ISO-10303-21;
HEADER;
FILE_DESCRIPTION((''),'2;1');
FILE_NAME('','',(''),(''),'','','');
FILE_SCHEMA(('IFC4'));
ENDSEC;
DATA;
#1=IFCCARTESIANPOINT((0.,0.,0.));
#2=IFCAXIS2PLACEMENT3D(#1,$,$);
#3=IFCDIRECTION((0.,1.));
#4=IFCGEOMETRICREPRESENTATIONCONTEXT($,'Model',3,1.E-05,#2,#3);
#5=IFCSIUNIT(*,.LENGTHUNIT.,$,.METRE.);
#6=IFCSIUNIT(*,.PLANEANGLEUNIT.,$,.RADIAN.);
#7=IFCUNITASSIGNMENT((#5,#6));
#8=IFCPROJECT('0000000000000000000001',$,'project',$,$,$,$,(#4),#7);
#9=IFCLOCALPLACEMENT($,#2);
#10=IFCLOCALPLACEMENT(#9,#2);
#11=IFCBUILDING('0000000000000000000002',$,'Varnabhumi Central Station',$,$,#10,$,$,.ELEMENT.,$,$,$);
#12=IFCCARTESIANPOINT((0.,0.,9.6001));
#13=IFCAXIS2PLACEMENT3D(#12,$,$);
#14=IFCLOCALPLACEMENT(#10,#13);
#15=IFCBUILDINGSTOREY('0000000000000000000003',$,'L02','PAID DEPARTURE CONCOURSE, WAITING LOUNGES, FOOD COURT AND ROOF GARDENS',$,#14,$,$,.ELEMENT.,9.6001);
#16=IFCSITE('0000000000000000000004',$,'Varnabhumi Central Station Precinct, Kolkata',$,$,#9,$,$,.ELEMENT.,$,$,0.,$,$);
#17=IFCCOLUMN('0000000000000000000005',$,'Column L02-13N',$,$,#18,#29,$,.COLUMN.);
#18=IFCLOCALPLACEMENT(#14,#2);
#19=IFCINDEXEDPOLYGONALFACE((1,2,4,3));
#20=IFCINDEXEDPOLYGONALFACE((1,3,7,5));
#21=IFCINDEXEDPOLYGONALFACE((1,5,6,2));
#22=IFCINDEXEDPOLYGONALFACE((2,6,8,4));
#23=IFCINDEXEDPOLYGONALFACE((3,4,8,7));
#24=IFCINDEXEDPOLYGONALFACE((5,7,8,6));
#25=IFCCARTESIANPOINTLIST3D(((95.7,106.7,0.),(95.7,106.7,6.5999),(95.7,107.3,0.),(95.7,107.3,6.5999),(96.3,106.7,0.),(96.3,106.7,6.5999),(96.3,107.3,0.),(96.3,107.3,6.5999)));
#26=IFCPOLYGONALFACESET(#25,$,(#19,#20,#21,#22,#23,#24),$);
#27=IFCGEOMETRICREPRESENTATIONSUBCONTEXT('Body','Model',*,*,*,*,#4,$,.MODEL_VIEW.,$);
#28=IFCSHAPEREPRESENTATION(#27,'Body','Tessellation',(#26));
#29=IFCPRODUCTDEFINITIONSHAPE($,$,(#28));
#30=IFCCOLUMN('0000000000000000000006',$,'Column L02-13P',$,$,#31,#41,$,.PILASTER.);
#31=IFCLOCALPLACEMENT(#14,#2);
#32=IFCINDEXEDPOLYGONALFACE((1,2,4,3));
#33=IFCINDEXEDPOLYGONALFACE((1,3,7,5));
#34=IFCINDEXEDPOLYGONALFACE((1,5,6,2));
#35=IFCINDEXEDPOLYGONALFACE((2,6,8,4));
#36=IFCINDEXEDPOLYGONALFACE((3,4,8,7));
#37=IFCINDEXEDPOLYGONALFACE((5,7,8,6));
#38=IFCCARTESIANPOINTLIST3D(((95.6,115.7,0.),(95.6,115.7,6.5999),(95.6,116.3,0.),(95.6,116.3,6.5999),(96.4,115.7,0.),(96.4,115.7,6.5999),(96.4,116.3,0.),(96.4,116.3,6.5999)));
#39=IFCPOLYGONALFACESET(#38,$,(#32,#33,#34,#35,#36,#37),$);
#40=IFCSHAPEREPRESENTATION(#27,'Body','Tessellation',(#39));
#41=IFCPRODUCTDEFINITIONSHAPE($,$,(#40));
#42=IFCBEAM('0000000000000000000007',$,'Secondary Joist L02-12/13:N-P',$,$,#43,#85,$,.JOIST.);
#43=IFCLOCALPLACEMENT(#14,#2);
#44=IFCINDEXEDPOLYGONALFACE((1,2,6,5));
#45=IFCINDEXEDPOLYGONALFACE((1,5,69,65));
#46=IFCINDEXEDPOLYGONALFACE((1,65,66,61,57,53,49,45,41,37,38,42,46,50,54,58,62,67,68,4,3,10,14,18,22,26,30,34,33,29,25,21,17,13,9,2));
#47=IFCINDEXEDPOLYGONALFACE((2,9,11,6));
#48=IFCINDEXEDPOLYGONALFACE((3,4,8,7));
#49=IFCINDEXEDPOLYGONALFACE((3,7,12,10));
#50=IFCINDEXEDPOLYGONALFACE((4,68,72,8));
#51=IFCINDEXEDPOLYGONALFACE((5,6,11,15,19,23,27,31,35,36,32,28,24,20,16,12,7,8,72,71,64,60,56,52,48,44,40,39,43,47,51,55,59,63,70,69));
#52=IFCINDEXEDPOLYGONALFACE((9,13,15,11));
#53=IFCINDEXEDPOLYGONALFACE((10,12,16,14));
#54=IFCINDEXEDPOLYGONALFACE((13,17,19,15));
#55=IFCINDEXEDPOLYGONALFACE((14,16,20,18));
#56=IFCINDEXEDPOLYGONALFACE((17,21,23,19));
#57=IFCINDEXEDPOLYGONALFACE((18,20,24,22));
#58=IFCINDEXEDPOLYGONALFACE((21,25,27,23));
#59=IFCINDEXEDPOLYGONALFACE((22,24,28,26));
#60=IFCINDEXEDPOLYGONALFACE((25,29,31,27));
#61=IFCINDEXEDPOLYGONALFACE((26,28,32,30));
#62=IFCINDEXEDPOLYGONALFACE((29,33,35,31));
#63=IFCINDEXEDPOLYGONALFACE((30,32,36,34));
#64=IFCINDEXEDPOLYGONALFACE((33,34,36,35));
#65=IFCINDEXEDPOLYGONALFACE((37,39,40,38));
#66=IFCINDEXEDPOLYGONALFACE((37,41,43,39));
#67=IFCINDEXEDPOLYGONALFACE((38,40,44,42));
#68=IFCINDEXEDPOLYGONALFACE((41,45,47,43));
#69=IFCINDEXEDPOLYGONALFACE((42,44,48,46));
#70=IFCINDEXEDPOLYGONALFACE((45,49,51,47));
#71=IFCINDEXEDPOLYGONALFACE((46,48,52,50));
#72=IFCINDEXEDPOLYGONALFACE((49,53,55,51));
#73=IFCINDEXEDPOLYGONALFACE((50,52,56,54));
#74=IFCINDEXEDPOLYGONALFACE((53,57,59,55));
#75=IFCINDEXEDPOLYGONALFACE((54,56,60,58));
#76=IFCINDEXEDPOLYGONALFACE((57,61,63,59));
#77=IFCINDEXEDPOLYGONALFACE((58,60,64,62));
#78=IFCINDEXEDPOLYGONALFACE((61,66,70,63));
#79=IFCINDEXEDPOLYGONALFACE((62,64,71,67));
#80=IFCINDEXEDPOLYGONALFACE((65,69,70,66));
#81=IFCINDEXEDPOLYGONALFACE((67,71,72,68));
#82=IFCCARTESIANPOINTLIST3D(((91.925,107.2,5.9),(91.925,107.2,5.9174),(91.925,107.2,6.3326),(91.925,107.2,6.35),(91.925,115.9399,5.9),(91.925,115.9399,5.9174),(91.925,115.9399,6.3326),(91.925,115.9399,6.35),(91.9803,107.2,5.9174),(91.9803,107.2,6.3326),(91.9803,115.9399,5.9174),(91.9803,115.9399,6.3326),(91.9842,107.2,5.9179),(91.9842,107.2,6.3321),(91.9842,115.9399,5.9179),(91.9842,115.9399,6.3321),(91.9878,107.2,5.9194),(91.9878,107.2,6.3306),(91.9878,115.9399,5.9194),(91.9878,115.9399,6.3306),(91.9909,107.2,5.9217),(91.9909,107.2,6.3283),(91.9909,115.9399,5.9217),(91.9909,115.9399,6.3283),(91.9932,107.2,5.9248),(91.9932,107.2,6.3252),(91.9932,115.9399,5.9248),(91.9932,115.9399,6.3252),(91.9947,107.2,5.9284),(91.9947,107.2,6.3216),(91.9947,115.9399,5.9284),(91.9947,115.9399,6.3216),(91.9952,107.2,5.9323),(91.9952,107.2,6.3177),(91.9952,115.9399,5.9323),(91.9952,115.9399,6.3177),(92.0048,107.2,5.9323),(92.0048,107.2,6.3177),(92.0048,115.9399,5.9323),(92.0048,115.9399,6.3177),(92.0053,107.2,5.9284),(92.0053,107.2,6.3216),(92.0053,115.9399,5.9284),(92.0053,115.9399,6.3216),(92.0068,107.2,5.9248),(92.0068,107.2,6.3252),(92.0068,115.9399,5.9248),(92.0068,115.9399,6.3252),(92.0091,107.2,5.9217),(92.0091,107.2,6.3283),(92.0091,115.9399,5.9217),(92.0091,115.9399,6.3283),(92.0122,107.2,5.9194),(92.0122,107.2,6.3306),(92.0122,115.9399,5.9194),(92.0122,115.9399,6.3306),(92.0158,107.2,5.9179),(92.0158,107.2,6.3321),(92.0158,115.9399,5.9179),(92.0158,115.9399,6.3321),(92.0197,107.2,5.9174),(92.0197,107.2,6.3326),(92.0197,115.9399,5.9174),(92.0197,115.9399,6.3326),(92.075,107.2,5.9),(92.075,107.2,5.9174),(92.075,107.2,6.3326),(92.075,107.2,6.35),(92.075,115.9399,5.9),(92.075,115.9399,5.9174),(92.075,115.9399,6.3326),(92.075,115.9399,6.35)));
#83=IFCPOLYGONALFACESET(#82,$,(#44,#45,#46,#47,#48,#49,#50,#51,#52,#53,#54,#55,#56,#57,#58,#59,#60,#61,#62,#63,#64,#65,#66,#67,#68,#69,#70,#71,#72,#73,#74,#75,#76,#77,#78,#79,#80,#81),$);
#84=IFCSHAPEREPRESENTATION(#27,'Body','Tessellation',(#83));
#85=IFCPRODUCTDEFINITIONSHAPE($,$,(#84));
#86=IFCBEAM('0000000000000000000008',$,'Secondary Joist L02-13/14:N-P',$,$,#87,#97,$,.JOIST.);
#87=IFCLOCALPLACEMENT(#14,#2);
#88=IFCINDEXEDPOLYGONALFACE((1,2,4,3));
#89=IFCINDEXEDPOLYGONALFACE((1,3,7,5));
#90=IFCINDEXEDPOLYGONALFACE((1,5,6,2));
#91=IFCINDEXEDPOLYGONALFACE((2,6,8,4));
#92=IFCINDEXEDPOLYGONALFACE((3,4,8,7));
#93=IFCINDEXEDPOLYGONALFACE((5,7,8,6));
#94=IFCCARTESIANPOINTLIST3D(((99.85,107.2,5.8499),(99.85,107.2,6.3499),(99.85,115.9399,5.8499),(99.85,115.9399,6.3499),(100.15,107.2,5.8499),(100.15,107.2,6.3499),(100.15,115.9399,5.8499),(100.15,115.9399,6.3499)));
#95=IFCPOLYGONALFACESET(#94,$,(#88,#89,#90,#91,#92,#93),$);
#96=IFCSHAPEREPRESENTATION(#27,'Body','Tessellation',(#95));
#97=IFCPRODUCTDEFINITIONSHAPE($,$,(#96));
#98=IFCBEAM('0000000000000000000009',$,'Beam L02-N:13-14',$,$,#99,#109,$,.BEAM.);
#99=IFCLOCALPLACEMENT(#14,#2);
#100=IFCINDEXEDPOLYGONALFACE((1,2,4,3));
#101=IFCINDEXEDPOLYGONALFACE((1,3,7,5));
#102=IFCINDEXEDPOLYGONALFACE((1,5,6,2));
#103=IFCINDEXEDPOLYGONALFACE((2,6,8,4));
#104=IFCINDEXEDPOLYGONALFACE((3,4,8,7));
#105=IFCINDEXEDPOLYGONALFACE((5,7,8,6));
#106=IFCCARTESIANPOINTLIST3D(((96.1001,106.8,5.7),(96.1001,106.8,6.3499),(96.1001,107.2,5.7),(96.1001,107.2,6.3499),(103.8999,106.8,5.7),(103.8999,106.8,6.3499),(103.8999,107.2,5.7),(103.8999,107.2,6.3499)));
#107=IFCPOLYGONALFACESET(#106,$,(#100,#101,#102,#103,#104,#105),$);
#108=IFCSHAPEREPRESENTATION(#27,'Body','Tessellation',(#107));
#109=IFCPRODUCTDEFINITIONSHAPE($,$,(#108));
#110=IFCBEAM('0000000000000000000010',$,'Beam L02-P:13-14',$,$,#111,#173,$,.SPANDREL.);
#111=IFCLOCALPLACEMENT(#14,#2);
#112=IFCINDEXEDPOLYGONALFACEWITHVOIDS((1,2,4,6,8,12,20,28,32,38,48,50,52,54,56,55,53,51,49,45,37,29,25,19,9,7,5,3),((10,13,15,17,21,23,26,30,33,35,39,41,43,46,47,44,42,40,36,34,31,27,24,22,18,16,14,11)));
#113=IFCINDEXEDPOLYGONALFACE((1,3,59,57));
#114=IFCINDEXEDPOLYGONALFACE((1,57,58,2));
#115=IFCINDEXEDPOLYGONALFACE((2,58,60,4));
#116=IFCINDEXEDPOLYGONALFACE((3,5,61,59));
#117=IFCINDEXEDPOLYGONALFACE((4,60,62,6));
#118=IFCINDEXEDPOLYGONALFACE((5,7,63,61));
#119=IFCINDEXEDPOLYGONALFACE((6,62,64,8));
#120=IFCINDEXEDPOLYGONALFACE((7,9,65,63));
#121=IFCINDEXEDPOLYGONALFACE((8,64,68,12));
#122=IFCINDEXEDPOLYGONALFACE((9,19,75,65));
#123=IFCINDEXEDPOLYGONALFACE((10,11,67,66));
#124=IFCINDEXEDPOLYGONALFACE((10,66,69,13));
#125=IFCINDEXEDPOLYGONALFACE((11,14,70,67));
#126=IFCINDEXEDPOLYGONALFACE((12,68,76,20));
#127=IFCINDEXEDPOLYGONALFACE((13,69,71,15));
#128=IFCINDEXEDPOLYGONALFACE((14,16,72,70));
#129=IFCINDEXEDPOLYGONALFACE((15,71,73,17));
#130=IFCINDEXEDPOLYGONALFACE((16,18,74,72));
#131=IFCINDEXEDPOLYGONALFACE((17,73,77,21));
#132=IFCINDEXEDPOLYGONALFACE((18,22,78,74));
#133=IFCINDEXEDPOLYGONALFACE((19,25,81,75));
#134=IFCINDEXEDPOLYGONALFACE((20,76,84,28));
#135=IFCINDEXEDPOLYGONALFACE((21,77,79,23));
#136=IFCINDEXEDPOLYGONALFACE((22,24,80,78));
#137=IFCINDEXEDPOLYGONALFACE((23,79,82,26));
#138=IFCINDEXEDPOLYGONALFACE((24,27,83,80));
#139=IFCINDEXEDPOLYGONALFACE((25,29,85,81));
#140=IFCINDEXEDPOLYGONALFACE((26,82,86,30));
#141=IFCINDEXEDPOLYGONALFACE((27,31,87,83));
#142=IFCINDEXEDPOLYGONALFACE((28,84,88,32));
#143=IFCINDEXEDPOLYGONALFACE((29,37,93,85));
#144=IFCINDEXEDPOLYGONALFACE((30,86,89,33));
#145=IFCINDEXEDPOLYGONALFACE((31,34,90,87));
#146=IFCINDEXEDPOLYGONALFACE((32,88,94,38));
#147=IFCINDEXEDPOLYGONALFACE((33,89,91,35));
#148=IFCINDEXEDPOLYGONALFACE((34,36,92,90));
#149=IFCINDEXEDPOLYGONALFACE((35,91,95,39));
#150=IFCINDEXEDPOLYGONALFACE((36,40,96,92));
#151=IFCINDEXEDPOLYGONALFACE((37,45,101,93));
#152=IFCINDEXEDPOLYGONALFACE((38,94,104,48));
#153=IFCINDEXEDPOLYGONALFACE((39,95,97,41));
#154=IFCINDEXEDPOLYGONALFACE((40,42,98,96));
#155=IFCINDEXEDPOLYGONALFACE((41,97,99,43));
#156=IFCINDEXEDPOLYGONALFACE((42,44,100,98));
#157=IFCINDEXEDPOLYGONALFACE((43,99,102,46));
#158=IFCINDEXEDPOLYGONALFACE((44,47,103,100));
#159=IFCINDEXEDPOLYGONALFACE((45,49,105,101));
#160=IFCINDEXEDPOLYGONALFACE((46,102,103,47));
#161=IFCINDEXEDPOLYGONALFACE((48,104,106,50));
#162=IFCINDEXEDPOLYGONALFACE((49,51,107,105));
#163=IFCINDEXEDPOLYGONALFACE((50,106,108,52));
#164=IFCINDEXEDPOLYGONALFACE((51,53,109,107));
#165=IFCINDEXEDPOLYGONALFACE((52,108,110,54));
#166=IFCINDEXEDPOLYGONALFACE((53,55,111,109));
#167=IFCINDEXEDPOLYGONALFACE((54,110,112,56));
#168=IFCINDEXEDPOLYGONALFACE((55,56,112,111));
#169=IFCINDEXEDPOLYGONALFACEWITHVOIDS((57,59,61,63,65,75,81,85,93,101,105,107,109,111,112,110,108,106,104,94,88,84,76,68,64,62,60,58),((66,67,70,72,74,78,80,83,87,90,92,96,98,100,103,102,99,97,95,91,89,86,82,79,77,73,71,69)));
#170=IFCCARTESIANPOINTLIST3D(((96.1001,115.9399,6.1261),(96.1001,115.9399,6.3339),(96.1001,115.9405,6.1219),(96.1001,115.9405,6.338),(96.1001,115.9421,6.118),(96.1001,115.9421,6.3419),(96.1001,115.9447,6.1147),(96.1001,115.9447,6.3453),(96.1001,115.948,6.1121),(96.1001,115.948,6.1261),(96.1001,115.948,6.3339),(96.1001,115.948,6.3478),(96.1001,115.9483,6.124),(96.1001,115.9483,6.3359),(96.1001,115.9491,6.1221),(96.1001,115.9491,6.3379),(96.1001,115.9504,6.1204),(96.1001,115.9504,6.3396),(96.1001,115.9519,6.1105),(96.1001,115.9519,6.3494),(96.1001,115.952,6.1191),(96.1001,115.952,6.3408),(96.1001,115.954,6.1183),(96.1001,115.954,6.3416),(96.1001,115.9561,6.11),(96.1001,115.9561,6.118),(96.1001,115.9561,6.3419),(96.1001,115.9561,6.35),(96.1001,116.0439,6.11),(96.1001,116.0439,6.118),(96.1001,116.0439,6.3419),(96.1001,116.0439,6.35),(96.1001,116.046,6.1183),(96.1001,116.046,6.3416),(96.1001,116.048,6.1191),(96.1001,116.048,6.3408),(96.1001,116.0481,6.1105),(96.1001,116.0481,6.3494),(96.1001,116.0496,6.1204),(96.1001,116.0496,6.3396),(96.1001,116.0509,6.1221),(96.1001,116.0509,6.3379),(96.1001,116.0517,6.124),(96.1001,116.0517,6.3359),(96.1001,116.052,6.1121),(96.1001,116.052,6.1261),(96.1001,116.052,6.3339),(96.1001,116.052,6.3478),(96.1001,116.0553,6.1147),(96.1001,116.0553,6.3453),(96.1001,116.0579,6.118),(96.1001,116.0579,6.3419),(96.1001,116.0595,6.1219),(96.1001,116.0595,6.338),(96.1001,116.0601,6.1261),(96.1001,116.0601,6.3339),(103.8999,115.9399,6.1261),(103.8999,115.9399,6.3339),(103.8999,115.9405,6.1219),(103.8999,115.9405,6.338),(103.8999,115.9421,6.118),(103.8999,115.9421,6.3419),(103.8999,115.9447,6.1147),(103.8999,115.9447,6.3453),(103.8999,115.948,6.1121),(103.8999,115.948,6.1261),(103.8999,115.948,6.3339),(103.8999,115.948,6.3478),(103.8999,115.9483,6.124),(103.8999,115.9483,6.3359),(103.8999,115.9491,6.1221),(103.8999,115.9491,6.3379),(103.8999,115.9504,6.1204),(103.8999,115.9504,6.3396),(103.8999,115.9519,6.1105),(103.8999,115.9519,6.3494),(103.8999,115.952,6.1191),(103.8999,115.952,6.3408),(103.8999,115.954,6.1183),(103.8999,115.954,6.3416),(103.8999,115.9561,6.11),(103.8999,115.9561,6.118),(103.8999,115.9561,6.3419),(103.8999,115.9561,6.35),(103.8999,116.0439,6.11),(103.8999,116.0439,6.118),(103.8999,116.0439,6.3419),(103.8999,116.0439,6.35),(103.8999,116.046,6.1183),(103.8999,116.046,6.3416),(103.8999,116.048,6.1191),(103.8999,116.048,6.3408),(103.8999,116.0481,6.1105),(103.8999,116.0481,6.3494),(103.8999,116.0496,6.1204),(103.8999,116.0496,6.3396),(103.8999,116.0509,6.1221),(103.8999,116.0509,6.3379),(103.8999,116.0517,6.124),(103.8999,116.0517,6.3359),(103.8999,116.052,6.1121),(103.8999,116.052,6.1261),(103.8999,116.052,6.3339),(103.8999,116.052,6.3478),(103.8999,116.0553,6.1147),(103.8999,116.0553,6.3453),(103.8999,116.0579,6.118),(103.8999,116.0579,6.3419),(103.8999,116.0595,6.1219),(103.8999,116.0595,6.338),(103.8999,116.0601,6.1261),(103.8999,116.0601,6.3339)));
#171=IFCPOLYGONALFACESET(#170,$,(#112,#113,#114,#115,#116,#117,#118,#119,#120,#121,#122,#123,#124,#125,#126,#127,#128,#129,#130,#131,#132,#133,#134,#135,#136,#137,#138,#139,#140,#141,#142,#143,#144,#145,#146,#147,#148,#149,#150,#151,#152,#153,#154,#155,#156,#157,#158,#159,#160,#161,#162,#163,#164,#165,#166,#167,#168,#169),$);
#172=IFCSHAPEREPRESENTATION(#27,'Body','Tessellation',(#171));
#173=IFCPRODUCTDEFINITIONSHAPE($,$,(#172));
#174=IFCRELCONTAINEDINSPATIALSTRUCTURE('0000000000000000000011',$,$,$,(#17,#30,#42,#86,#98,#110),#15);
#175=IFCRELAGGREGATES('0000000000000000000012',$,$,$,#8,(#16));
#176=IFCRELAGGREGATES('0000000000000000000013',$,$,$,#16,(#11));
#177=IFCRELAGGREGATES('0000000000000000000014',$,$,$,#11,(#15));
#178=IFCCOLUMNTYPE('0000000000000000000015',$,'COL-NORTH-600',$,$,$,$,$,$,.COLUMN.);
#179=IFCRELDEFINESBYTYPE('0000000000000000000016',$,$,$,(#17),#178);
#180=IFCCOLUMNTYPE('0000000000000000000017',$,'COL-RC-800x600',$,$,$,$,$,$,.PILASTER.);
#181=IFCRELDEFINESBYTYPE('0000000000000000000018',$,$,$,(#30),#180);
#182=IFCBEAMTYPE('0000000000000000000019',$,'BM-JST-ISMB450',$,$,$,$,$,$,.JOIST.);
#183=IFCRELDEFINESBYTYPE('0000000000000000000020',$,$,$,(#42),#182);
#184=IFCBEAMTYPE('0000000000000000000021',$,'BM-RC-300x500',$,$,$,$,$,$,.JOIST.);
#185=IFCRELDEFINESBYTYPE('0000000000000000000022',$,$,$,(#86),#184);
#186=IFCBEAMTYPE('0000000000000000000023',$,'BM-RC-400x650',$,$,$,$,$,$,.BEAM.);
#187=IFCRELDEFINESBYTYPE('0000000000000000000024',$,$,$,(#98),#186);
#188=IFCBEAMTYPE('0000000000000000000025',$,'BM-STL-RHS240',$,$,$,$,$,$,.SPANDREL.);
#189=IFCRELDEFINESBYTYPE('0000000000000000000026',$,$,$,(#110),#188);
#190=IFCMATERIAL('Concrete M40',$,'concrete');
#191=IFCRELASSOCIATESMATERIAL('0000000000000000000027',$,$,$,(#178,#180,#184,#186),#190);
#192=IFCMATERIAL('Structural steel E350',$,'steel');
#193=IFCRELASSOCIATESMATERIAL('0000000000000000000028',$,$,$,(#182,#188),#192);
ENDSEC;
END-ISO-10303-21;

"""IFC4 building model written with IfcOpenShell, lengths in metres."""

from ifc_helpers import new_model, si_unit, direction, frame, origin, origin_2d, place, context, subcontext, project, spatial, rectangle, hollow_rectangle, i_section, extrude, material, material_profile, profile_set, type_object, element, save


model = new_model("IFC4")

# Units and contexts
model_context = context("Model", 3, precision=1e-05, world=origin(), true_north=direction((0.0, 1.0)))
body_context = subcontext(model_context, "Body", "Model", "MODEL_VIEW")
ifc_project = project(units=[si_unit("LENGTHUNIT", "METRE"), si_unit("PLANEANGLEUNIT", "RADIAN")], contexts=[model_context])

# Site, building, storey
site_placement = place(None, origin())
site = spatial("IfcSite", under=ifc_project, at=site_placement, Name="Varnabhumi Central Station Precinct, Kolkata", CompositionType="ELEMENT", RefElevation=0.0)
building_placement = place(site_placement, origin())
building = spatial("IfcBuilding", under=site, at=building_placement, Name="Varnabhumi Central Station", CompositionType="ELEMENT")
storey_placement = place(building_placement, frame((0.0, 0.0, 9.6001)))
storey = spatial("IfcBuildingStorey", under=building, at=storey_placement, Name="L02", Description="PAID DEPARTURE CONCOURSE, WAITING LOUNGES, FOOD COURT AND ROOF GARDENS", CompositionType="ELEMENT", Elevation=9.6001)

# Columns
ifc_material_1 = material(Name="Concrete M40", Category="concrete")
ifc_material_profile_1 = material_profile(ifc_material_1, rectangle(XDim=0.6001, YDim=0.6001, at=origin_2d()), Name="Concrete M40", Category="concrete")
ifc_profile_set_1 = profile_set([ifc_material_profile_1], Name="Concrete M40")
column_type_1 = type_object("IfcColumnType", Name="COL-NORTH-600", PredefinedType="COLUMN", material=ifc_profile_set_1)
column_1_placement = place(storey_placement, frame((96.0, 107.0, 0.0), z_axis=(0.0, 0.0, 1.0), x_axis=(1.0, 0.0, 0.0)))
element("IfcColumn", 1, at=column_1_placement, inside=storey, type_object=column_type_1, Name="Column L02-13N", PredefinedType="COLUMN", context=body_context, shape_type="SweptSolid", body=[
    extrude(rectangle(XDim=0.6001, YDim=0.6001, at=origin_2d()), origin(), (0.0, 0.0, 1.0), 6.5999),
])
ifc_material_profile_2 = material_profile(ifc_material_1, rectangle(XDim=0.8, YDim=0.6001, at=origin_2d()), Name="Concrete M40", Category="concrete")
ifc_profile_set_2 = profile_set([ifc_material_profile_2], Name="Concrete M40")
column_type_2 = type_object("IfcColumnType", Name="COL-RC-800x600", PredefinedType="PILASTER", material=ifc_profile_set_2)
column_2_placement = place(storey_placement, frame((96.0, 116.0, 0.0), z_axis=(0.0, 0.0, 1.0), x_axis=(1.0, 0.0, 0.0)))
element("IfcColumn", 2, at=column_2_placement, inside=storey, type_object=column_type_2, Name="Column L02-13P", PredefinedType="PILASTER", context=body_context, shape_type="SweptSolid", body=[
    extrude(rectangle(XDim=0.8, YDim=0.6001, at=origin_2d()), origin(), (0.0, 0.0, 1.0), 6.5999),
])

# Beams
ifc_material_2 = material(Name="Structural steel E350", Category="steel")
ifc_material_profile_3 = material_profile(ifc_material_2, i_section(OverallWidth=0.1499, OverallDepth=0.45, WebThickness=0.0095, FlangeThickness=0.0173, FilletRadius=0.0149, at=origin_2d()), Name="Structural steel E350", Category="steel")
ifc_profile_set_3 = profile_set([ifc_material_profile_3], Name="Structural steel E350")
beam_type_1 = type_object("IfcBeamType", Name="BM-JST-ISMB450", PredefinedType="JOIST", material=ifc_profile_set_3)
beam_1_placement = place(storey_placement, frame((92.0, 107.2, 6.125), z_axis=(0.0, 1.0, 0.0), x_axis=(-1.0, 0.0, 0.0)))
element("IfcBeam", 3, at=beam_1_placement, inside=storey, type_object=beam_type_1, Name="Secondary Joist L02-12/13:N-P", PredefinedType="JOIST", context=body_context, shape_type="SweptSolid", body=[
    extrude(i_section(OverallWidth=0.1499, OverallDepth=0.45, WebThickness=0.0095, FlangeThickness=0.0173, FilletRadius=0.0149, at=origin_2d()), origin(), (0.0, 0.0, 1.0), 8.74),
])
ifc_material_profile_4 = material_profile(ifc_material_1, rectangle(XDim=0.3, YDim=0.5, at=origin_2d()), Name="Concrete M40", Category="concrete")
ifc_profile_set_4 = profile_set([ifc_material_profile_4], Name="Concrete M40")
beam_type_2 = type_object("IfcBeamType", Name="BM-RC-300x500", PredefinedType="JOIST", material=ifc_profile_set_4)
beam_2_placement = place(storey_placement, frame((100.0, 107.2, 6.0999), z_axis=(0.0, 1.0, 0.0), x_axis=(-1.0, 0.0, 0.0)))
element("IfcBeam", 4, at=beam_2_placement, inside=storey, type_object=beam_type_2, Name="Secondary Joist L02-13/14:N-P", PredefinedType="JOIST", context=body_context, shape_type="SweptSolid", body=[
    extrude(rectangle(XDim=0.3, YDim=0.5, at=origin_2d()), origin(), (0.0, 0.0, 1.0), 8.74),
])
ifc_material_profile_5 = material_profile(ifc_material_1, rectangle(XDim=0.3999, YDim=0.6499, at=origin_2d()), Name="Concrete M40", Category="concrete")
ifc_profile_set_5 = profile_set([ifc_material_profile_5], Name="Concrete M40")
beam_type_3 = type_object("IfcBeamType", Name="BM-RC-400x650", PredefinedType="BEAM", material=ifc_profile_set_5)
beam_3_placement = place(storey_placement, frame((96.1001, 107.0, 6.0249), z_axis=(1.0, 0.0, 0.0), x_axis=(0.0, 1.0, 0.0)))
element("IfcBeam", 5, at=beam_3_placement, inside=storey, type_object=beam_type_3, Name="Beam L02-N:13-14", PredefinedType="BEAM", context=body_context, shape_type="SweptSolid", body=[
    extrude(rectangle(XDim=0.3999, YDim=0.6499, at=origin_2d()), origin(), (0.0, 0.0, 1.0), 7.7998),
])
ifc_material_profile_6 = material_profile(ifc_material_2, hollow_rectangle(XDim=0.1201, YDim=0.24, WallThickness=0.0081, InnerFilletRadius=0.0081, OuterFilletRadius=0.0161, at=origin_2d()), Name="Structural steel E350", Category="steel")
ifc_profile_set_6 = profile_set([ifc_material_profile_6], Name="Structural steel E350")
beam_type_4 = type_object("IfcBeamType", Name="BM-STL-RHS240", PredefinedType="SPANDREL", material=ifc_profile_set_6)
beam_4_placement = place(storey_placement, frame((96.1001, 116.0, 6.23), z_axis=(1.0, 0.0, 0.0), x_axis=(0.0, 1.0, 0.0)))
element("IfcBeam", 6, at=beam_4_placement, inside=storey, type_object=beam_type_4, Name="Beam L02-P:13-14", PredefinedType="SPANDREL", context=body_context, shape_type="SweptSolid", body=[
    extrude(hollow_rectangle(XDim=0.1201, YDim=0.24, WallThickness=0.0081, InnerFilletRadius=0.0081, OuterFilletRadius=0.0161, at=origin_2d()), origin(), (0.0, 0.0, 1.0), 7.7998),
])

save(model, "model.ifc")
